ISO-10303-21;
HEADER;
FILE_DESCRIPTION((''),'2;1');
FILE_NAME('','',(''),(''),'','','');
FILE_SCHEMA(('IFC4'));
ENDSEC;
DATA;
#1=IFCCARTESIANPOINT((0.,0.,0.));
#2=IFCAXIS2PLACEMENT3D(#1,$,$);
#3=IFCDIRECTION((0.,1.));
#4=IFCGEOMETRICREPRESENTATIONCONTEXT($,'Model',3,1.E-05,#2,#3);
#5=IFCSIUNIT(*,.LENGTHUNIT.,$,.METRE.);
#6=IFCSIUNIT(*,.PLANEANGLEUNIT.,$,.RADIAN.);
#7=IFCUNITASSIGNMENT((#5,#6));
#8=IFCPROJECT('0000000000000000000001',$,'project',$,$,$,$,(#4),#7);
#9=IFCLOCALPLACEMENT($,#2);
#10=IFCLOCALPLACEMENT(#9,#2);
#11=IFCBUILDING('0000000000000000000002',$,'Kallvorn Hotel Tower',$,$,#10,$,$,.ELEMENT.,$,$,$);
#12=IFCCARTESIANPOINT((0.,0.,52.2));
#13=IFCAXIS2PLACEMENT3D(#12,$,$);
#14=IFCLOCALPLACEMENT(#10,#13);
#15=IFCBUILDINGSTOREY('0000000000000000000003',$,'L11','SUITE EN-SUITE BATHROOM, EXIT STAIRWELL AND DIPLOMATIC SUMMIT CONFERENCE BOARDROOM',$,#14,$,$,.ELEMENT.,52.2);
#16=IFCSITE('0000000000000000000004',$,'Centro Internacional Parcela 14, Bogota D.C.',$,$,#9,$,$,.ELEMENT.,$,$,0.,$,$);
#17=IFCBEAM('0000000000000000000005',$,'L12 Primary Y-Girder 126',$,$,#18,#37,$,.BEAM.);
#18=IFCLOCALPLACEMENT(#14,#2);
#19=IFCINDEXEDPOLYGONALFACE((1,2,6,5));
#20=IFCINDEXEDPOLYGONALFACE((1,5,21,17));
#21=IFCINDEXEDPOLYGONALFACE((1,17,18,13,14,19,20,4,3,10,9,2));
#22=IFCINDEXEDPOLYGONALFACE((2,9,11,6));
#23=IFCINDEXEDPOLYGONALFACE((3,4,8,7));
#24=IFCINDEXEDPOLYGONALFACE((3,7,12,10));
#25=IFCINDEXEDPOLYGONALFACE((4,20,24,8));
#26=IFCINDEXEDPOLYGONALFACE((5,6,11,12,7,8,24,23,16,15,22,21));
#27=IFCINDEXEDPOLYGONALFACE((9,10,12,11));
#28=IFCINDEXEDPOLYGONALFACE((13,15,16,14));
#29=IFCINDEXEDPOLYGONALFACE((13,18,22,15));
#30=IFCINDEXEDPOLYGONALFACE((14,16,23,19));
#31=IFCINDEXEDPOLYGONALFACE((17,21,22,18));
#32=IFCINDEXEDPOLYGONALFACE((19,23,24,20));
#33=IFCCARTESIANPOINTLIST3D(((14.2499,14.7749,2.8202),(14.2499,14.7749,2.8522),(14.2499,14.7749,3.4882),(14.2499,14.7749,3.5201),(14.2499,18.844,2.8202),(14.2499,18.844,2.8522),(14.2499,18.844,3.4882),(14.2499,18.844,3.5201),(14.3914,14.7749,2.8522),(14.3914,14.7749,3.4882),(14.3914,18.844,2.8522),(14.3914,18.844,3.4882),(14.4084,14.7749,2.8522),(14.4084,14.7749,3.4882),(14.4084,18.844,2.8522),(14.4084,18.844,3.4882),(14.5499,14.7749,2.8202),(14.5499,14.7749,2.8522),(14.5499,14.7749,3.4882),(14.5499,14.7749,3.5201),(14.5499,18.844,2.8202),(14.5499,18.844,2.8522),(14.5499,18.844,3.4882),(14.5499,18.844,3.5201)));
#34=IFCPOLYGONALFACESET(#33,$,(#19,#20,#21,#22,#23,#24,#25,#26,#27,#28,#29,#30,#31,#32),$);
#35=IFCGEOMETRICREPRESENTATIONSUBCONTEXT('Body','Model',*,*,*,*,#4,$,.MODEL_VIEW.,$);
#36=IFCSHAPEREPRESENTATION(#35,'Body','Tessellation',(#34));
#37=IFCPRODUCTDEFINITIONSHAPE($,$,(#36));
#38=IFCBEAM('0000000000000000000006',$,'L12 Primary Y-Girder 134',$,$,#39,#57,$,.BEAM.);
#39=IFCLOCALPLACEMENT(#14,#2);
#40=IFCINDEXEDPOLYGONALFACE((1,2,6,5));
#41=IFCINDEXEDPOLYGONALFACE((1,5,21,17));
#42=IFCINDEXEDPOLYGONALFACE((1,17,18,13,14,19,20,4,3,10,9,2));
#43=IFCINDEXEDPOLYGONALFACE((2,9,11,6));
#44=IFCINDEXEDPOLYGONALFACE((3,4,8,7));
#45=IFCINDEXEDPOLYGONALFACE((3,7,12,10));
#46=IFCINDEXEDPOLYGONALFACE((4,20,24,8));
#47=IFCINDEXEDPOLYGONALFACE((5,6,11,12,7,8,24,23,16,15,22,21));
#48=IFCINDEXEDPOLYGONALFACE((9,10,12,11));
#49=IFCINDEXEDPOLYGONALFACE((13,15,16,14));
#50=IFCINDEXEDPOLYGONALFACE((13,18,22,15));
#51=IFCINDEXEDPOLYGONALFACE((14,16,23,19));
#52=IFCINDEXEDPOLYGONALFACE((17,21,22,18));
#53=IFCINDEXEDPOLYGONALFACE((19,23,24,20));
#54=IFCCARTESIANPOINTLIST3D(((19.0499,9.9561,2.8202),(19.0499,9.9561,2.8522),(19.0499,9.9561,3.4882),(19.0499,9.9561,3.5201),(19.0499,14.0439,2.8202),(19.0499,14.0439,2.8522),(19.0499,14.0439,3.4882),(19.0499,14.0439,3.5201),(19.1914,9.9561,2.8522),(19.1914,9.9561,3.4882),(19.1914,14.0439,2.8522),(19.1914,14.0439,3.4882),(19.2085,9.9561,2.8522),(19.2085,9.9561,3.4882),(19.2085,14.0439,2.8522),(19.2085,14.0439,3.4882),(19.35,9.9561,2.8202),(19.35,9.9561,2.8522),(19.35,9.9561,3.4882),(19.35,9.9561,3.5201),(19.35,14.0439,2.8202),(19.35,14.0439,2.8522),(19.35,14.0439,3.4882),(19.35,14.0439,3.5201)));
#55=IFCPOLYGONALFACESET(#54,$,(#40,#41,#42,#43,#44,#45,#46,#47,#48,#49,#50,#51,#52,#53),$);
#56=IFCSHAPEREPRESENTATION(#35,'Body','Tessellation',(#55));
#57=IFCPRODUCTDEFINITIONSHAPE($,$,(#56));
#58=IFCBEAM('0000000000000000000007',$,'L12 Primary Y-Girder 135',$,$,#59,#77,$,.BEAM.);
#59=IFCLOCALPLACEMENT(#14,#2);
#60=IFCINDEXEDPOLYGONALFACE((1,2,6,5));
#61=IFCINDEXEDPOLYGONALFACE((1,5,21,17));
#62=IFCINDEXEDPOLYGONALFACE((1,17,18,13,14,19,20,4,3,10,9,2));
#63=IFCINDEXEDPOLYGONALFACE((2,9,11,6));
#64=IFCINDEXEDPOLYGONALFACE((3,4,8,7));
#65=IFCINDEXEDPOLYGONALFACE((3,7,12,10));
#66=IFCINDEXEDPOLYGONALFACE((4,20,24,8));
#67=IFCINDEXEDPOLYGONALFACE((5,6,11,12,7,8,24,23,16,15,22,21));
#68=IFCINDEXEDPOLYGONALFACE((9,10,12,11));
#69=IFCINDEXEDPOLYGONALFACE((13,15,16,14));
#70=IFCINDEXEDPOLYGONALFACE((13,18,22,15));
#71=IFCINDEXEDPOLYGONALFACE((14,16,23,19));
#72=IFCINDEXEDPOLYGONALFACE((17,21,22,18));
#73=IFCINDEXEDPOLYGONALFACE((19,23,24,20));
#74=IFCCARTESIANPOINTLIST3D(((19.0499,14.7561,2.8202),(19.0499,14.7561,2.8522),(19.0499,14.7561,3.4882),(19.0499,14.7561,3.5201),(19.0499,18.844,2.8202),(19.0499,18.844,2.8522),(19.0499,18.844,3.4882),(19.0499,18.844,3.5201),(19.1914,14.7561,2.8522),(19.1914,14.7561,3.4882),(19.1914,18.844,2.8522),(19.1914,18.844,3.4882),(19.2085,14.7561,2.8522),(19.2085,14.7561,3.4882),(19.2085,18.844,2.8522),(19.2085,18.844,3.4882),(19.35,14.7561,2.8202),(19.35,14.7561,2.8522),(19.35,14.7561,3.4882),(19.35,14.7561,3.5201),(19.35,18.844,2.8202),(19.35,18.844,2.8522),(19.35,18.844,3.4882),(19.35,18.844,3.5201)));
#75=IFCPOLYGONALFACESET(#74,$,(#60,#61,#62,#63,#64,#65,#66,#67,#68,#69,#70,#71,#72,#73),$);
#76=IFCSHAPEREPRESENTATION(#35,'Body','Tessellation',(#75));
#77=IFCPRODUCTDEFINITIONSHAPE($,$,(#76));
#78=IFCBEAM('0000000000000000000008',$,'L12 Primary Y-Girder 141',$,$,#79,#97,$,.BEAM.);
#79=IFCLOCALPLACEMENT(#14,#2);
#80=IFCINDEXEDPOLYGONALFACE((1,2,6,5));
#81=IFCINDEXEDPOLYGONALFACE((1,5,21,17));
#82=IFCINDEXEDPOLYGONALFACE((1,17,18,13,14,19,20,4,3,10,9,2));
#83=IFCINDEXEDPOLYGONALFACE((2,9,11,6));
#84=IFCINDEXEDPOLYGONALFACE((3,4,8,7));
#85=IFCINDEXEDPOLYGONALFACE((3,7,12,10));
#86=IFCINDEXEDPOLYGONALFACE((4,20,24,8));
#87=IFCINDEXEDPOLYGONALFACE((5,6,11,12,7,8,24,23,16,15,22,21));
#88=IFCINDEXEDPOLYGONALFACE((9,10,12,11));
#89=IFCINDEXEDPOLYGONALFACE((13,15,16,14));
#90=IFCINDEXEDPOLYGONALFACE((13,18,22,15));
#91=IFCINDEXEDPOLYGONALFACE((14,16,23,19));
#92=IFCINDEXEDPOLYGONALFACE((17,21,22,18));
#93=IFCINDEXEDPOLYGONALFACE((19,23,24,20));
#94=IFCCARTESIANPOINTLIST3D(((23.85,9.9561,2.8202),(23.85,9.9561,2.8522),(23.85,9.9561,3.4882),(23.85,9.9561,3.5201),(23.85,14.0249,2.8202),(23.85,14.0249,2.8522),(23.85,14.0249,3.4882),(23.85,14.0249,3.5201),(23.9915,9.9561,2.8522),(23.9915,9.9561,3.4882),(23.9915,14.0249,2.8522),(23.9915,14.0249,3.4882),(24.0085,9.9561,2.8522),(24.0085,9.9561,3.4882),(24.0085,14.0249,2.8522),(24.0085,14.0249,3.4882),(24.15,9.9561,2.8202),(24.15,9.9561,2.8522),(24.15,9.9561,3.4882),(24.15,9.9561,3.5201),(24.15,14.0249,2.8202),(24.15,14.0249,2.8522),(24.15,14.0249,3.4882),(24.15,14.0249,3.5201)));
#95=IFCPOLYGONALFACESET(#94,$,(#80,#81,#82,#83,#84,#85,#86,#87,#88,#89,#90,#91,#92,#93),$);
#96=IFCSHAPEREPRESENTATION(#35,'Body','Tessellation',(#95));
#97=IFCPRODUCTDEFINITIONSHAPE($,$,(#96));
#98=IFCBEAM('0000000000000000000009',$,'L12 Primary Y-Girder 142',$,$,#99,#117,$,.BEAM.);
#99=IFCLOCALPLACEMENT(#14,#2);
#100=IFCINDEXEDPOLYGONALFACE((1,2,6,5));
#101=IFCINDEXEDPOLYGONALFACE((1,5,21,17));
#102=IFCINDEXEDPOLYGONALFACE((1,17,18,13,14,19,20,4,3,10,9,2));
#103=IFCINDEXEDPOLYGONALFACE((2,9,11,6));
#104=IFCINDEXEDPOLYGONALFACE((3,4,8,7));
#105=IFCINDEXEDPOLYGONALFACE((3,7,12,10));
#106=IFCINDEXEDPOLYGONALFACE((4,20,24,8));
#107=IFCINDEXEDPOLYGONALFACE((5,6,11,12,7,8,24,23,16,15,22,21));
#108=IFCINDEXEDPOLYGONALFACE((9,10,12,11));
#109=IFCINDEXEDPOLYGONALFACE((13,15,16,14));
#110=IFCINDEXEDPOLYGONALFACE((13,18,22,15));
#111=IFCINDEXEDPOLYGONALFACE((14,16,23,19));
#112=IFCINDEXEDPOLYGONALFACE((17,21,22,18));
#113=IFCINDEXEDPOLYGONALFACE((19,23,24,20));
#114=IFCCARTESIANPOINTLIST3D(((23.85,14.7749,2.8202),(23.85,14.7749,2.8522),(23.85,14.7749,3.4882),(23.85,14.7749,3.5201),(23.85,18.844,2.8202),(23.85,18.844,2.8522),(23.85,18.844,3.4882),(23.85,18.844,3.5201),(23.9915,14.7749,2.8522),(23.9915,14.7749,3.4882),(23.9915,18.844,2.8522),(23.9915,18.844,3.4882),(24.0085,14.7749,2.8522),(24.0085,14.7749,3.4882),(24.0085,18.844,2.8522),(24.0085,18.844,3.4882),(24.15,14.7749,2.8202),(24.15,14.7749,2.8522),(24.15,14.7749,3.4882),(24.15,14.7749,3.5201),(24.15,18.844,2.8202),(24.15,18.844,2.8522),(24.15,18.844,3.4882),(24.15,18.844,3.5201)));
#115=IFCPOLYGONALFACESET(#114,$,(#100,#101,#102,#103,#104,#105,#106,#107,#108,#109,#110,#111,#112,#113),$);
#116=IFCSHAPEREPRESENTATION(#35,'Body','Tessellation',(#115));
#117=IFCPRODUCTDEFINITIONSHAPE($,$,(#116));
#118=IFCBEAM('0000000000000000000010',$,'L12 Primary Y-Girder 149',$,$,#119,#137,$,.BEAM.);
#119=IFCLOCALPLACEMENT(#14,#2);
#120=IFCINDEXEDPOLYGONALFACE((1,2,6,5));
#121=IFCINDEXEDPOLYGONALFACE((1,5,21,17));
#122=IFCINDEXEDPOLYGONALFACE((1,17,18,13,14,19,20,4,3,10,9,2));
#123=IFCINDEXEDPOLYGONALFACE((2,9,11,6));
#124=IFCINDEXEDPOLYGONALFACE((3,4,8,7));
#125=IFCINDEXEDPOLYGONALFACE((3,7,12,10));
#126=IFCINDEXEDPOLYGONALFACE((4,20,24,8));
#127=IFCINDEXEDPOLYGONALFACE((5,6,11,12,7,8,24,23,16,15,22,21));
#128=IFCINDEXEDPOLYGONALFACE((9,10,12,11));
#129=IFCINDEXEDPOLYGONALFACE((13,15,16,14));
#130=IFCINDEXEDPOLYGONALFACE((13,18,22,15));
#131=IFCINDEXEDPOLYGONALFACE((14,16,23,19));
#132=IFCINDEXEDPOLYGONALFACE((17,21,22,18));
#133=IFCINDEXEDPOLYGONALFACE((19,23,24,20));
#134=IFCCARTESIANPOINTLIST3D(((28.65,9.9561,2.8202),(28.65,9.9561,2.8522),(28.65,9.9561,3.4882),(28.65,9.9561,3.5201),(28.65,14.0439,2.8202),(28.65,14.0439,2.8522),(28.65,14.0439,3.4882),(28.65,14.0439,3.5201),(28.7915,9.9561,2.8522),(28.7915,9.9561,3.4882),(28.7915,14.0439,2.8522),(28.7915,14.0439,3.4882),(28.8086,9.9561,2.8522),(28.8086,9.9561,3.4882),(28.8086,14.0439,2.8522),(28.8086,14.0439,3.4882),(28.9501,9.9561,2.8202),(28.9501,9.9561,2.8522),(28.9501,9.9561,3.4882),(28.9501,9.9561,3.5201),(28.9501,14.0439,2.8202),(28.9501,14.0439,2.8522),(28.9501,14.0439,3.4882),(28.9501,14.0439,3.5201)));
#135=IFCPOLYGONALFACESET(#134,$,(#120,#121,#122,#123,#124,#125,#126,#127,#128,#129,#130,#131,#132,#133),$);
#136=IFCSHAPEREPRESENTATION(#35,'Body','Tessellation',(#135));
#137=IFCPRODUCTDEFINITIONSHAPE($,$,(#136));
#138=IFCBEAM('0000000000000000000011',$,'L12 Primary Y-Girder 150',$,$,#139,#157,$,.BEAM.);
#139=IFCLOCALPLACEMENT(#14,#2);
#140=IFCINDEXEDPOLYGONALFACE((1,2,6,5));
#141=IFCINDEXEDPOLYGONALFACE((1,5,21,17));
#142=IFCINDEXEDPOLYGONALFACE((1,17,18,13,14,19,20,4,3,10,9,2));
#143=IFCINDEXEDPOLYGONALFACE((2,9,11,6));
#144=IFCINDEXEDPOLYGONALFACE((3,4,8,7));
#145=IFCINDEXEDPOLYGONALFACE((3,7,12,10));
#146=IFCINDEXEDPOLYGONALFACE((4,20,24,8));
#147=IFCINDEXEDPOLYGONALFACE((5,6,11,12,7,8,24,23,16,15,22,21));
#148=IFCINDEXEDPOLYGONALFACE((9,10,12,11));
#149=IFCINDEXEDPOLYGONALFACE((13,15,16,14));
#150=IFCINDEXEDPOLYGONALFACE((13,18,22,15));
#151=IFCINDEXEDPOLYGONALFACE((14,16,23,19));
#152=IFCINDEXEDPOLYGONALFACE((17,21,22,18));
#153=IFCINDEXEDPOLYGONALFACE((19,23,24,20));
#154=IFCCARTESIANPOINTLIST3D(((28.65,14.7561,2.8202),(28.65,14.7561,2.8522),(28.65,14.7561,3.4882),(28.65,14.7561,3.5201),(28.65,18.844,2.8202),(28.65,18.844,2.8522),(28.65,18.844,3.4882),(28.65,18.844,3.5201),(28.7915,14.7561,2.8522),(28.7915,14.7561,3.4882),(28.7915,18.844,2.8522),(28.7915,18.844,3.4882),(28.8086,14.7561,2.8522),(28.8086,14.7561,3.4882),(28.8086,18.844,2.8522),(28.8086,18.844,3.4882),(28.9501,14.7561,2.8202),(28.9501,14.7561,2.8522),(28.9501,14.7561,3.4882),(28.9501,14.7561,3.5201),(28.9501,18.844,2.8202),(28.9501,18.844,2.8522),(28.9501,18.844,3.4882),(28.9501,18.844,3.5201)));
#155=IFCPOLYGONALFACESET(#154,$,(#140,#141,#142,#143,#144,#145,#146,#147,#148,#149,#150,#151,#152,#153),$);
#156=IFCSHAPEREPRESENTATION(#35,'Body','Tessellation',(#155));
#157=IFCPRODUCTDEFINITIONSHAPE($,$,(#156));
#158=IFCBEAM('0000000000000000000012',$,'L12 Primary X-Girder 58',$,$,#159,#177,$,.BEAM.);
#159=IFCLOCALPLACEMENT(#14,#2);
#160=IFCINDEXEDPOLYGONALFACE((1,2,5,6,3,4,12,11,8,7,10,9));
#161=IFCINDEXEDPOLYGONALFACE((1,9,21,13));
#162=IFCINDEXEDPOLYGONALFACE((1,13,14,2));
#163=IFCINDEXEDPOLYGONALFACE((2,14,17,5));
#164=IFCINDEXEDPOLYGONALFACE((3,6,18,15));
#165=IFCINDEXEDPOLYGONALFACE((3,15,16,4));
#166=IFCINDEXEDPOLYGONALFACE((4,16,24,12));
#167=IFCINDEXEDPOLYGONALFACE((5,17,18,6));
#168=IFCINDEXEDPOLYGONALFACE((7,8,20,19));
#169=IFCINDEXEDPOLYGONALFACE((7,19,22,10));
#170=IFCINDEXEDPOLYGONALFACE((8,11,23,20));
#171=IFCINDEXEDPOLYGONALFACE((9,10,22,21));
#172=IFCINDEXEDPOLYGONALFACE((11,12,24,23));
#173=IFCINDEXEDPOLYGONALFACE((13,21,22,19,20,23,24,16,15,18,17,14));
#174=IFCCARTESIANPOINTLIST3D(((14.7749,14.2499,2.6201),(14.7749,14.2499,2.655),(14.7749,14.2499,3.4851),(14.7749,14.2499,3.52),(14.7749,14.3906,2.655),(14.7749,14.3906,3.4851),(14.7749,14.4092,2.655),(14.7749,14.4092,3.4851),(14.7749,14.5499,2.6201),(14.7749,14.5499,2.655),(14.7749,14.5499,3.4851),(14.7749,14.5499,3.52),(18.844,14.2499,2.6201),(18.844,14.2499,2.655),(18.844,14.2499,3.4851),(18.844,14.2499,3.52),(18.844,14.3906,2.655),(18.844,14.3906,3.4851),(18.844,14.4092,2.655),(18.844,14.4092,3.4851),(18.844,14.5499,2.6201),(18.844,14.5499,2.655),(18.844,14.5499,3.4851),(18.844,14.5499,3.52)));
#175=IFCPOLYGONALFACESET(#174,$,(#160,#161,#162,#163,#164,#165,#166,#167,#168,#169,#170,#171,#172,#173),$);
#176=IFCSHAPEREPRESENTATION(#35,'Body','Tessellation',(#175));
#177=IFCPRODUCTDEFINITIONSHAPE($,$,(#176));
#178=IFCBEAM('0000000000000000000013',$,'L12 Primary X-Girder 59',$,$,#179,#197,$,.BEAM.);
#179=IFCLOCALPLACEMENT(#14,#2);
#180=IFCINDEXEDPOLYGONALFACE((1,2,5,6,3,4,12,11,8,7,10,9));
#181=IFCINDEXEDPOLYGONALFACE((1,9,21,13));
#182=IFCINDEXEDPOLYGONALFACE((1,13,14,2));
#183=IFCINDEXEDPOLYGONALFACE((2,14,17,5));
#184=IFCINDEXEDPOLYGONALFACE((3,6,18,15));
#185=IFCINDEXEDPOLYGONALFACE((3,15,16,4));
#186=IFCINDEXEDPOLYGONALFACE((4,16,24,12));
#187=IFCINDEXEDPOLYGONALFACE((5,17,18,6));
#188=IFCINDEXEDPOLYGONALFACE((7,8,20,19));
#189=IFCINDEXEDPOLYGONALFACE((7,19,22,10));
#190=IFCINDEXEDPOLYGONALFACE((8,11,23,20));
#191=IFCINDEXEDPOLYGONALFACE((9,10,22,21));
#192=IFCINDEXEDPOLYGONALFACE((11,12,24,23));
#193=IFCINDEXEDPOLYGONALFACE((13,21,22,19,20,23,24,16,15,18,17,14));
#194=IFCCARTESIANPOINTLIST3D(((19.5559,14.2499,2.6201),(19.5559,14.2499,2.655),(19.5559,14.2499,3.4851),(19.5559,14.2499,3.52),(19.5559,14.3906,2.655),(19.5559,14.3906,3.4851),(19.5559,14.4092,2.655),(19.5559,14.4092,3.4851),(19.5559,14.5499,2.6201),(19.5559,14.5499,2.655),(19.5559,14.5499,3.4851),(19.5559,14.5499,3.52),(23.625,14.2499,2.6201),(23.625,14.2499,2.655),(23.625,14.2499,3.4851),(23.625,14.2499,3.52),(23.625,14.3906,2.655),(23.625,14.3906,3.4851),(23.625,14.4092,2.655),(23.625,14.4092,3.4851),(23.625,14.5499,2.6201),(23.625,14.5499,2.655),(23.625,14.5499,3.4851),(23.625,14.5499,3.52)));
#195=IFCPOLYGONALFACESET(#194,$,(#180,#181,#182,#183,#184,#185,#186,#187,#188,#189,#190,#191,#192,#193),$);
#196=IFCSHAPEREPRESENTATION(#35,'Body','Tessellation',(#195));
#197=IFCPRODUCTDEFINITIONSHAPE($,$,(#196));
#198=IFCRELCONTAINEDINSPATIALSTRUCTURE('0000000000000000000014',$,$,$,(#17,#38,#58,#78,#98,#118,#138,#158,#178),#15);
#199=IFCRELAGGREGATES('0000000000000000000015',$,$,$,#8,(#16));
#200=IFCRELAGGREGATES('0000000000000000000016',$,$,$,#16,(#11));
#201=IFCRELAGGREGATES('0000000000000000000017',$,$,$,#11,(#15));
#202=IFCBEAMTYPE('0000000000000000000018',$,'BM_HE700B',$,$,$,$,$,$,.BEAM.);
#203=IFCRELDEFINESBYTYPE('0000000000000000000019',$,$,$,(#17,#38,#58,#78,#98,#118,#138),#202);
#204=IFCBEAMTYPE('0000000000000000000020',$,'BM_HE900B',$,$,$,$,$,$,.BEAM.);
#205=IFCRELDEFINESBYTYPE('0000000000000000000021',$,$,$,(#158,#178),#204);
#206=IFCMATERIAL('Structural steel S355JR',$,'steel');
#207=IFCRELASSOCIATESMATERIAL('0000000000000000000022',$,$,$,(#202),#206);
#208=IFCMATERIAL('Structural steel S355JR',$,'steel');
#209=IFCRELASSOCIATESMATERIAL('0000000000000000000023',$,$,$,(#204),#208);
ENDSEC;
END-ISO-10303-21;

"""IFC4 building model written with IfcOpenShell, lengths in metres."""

from ifc_helpers import new_model, si_unit, direction, frame, origin, origin_2d, place, context, subcontext, project, spatial, i_section, extrude, material, material_profile, profile_set, type_object, element, save


model = new_model("IFC4")

# Units and contexts
model_context = context("Model", 3, precision=1e-05, world=origin(), true_north=direction((0.0, 1.0)))
body_context = subcontext(model_context, "Body", "Model", "MODEL_VIEW")
ifc_project = project(units=[si_unit("LENGTHUNIT", "METRE"), si_unit("PLANEANGLEUNIT", "RADIAN")], contexts=[model_context])

# Site, building, storey
site_placement = place(None, origin())
site = spatial("IfcSite", under=ifc_project, at=site_placement, Name="Centro Internacional Parcela 14, Bogota D.C.", CompositionType="ELEMENT", RefElevation=0.0)
building_placement = place(site_placement, origin())
building = spatial("IfcBuilding", under=site, at=building_placement, Name="Kallvorn Hotel Tower", CompositionType="ELEMENT")
storey_placement = place(building_placement, frame((0.0, 0.0, 52.2)))
storey = spatial("IfcBuildingStorey", under=building, at=storey_placement, Name="L11", Description="SUITE EN-SUITE BATHROOM, EXIT STAIRWELL AND DIPLOMATIC SUMMIT CONFERENCE BOARDROOM", CompositionType="ELEMENT", Elevation=52.2)

# Beams
ifc_material_1 = material(Name="Structural steel S355JR", Category="steel")
ifc_material_profile_1 = material_profile(ifc_material_1, i_section(OverallWidth=0.3, OverallDepth=0.7, WebThickness=0.0171, FlangeThickness=0.032, at=origin_2d()), Name="HE 700 B")
ifc_profile_set_1 = profile_set([ifc_material_profile_1], Name="Structural steel S355JR")
beam_type_1 = type_object("IfcBeamType", Name="BM_HE700B", PredefinedType="BEAM", material=ifc_profile_set_1)
beam_1_placement = place(storey_placement, frame((14.3999, 14.7749, 3.1702), z_axis=(0.0, 1.0, 0.0), x_axis=(-1.0, 0.0, 0.0)))
element("IfcBeam", 1, at=beam_1_placement, inside=storey, type_object=beam_type_1, Name="L12 Primary Y-Girder 126", PredefinedType="BEAM", context=body_context, shape_type="SweptSolid", body=[
    extrude(i_section(OverallWidth=0.3, OverallDepth=0.7, WebThickness=0.0171, FlangeThickness=0.032, at=origin_2d()), origin(), (0.0, 0.0, 1.0), 4.0691),
])
for number, where, z_axis, x_axis, name in (
    (2, (19.2, 9.9561, 3.1702), (0.0, 1.0, 0.0), (-1.0, 0.0, 0.0), "L12 Primary Y-Girder 134"),
    (3, (19.2, 14.7561, 3.1702), (0.0, 1.0, 0.0), (-1.0, 0.0, 0.0), "L12 Primary Y-Girder 135"),
):
    element("IfcBeam", number, at=place(storey_placement, frame(where, z_axis=z_axis, x_axis=x_axis)), inside=storey, type_object=beam_type_1, Name=name, PredefinedType="BEAM", context=body_context, shape_type="SweptSolid", body=[
        extrude(i_section(OverallWidth=0.3, OverallDepth=0.7, WebThickness=0.0171, FlangeThickness=0.032, at=origin_2d()), origin(), (0.0, 0.0, 1.0), 4.0879),
    ])
beam_2_placement = place(storey_placement, frame((24.0, 9.9561, 3.1702), z_axis=(0.0, 1.0, 0.0), x_axis=(-1.0, 0.0, 0.0)))
element("IfcBeam", 4, at=beam_2_placement, inside=storey, type_object=beam_type_1, Name="L12 Primary Y-Girder 141", PredefinedType="BEAM", context=body_context, shape_type="SweptSolid", body=[
    extrude(i_section(OverallWidth=0.3, OverallDepth=0.7, WebThickness=0.0171, FlangeThickness=0.032, at=origin_2d()), origin(), (0.0, 0.0, 1.0), 4.0688),
])
beam_3_placement = place(storey_placement, frame((24.0, 14.7749, 3.1702), z_axis=(0.0, 1.0, 0.0), x_axis=(-1.0, 0.0, 0.0)))
element("IfcBeam", 5, at=beam_3_placement, inside=storey, type_object=beam_type_1, Name="L12 Primary Y-Girder 142", PredefinedType="BEAM", context=body_context, shape_type="SweptSolid", body=[
    extrude(i_section(OverallWidth=0.3, OverallDepth=0.7, WebThickness=0.0171, FlangeThickness=0.032, at=origin_2d()), origin(), (0.0, 0.0, 1.0), 4.0691),
])
for number, where, z_axis, x_axis, name in (
    (6, (28.8, 9.9561, 3.1702), (0.0, 1.0, 0.0), (-1.0, 0.0, 0.0), "L12 Primary Y-Girder 149"),
    (7, (28.8, 14.7561, 3.1702), (0.0, 1.0, 0.0), (-1.0, 0.0, 0.0), "L12 Primary Y-Girder 150"),
):
    element("IfcBeam", number, at=place(storey_placement, frame(where, z_axis=z_axis, x_axis=x_axis)), inside=storey, type_object=beam_type_1, Name=name, PredefinedType="BEAM", context=body_context, shape_type="SweptSolid", body=[
        extrude(i_section(OverallWidth=0.3, OverallDepth=0.7, WebThickness=0.0171, FlangeThickness=0.032, at=origin_2d()), origin(), (0.0, 0.0, 1.0), 4.0879),
    ])
ifc_material_2 = material(Name="Structural steel S355JR", Category="steel")
ifc_material_profile_2 = material_profile(ifc_material_2, i_section(OverallWidth=0.3, OverallDepth=0.8999, WebThickness=0.0186, FlangeThickness=0.0349, at=origin_2d()), Name="HE 900 B")
ifc_profile_set_2 = profile_set([ifc_material_profile_2], Name="Structural steel S355JR")
beam_type_2 = type_object("IfcBeamType", Name="BM_HE900B", PredefinedType="BEAM", material=ifc_profile_set_2)
for number, where, z_axis, x_axis, name in (
    (8, (14.7749, 14.3999, 3.0701), (1.0, 0.0, 0.0), (0.0, 1.0, 0.0), "L12 Primary X-Girder 58"),
    (9, (19.5559, 14.3999, 3.0701), (1.0, 0.0, 0.0), (0.0, 1.0, 0.0), "L12 Primary X-Girder 59"),
):
    element("IfcBeam", number, at=place(storey_placement, frame(where, z_axis=z_axis, x_axis=x_axis)), inside=storey, type_object=beam_type_2, Name=name, PredefinedType="BEAM", context=body_context, shape_type="SweptSolid", body=[
        extrude(i_section(OverallWidth=0.3, OverallDepth=0.8999, WebThickness=0.0186, FlangeThickness=0.0349, at=origin_2d()), origin(), (0.0, 0.0, 1.0), 4.0691),
    ])

save(model, "model.ifc")
